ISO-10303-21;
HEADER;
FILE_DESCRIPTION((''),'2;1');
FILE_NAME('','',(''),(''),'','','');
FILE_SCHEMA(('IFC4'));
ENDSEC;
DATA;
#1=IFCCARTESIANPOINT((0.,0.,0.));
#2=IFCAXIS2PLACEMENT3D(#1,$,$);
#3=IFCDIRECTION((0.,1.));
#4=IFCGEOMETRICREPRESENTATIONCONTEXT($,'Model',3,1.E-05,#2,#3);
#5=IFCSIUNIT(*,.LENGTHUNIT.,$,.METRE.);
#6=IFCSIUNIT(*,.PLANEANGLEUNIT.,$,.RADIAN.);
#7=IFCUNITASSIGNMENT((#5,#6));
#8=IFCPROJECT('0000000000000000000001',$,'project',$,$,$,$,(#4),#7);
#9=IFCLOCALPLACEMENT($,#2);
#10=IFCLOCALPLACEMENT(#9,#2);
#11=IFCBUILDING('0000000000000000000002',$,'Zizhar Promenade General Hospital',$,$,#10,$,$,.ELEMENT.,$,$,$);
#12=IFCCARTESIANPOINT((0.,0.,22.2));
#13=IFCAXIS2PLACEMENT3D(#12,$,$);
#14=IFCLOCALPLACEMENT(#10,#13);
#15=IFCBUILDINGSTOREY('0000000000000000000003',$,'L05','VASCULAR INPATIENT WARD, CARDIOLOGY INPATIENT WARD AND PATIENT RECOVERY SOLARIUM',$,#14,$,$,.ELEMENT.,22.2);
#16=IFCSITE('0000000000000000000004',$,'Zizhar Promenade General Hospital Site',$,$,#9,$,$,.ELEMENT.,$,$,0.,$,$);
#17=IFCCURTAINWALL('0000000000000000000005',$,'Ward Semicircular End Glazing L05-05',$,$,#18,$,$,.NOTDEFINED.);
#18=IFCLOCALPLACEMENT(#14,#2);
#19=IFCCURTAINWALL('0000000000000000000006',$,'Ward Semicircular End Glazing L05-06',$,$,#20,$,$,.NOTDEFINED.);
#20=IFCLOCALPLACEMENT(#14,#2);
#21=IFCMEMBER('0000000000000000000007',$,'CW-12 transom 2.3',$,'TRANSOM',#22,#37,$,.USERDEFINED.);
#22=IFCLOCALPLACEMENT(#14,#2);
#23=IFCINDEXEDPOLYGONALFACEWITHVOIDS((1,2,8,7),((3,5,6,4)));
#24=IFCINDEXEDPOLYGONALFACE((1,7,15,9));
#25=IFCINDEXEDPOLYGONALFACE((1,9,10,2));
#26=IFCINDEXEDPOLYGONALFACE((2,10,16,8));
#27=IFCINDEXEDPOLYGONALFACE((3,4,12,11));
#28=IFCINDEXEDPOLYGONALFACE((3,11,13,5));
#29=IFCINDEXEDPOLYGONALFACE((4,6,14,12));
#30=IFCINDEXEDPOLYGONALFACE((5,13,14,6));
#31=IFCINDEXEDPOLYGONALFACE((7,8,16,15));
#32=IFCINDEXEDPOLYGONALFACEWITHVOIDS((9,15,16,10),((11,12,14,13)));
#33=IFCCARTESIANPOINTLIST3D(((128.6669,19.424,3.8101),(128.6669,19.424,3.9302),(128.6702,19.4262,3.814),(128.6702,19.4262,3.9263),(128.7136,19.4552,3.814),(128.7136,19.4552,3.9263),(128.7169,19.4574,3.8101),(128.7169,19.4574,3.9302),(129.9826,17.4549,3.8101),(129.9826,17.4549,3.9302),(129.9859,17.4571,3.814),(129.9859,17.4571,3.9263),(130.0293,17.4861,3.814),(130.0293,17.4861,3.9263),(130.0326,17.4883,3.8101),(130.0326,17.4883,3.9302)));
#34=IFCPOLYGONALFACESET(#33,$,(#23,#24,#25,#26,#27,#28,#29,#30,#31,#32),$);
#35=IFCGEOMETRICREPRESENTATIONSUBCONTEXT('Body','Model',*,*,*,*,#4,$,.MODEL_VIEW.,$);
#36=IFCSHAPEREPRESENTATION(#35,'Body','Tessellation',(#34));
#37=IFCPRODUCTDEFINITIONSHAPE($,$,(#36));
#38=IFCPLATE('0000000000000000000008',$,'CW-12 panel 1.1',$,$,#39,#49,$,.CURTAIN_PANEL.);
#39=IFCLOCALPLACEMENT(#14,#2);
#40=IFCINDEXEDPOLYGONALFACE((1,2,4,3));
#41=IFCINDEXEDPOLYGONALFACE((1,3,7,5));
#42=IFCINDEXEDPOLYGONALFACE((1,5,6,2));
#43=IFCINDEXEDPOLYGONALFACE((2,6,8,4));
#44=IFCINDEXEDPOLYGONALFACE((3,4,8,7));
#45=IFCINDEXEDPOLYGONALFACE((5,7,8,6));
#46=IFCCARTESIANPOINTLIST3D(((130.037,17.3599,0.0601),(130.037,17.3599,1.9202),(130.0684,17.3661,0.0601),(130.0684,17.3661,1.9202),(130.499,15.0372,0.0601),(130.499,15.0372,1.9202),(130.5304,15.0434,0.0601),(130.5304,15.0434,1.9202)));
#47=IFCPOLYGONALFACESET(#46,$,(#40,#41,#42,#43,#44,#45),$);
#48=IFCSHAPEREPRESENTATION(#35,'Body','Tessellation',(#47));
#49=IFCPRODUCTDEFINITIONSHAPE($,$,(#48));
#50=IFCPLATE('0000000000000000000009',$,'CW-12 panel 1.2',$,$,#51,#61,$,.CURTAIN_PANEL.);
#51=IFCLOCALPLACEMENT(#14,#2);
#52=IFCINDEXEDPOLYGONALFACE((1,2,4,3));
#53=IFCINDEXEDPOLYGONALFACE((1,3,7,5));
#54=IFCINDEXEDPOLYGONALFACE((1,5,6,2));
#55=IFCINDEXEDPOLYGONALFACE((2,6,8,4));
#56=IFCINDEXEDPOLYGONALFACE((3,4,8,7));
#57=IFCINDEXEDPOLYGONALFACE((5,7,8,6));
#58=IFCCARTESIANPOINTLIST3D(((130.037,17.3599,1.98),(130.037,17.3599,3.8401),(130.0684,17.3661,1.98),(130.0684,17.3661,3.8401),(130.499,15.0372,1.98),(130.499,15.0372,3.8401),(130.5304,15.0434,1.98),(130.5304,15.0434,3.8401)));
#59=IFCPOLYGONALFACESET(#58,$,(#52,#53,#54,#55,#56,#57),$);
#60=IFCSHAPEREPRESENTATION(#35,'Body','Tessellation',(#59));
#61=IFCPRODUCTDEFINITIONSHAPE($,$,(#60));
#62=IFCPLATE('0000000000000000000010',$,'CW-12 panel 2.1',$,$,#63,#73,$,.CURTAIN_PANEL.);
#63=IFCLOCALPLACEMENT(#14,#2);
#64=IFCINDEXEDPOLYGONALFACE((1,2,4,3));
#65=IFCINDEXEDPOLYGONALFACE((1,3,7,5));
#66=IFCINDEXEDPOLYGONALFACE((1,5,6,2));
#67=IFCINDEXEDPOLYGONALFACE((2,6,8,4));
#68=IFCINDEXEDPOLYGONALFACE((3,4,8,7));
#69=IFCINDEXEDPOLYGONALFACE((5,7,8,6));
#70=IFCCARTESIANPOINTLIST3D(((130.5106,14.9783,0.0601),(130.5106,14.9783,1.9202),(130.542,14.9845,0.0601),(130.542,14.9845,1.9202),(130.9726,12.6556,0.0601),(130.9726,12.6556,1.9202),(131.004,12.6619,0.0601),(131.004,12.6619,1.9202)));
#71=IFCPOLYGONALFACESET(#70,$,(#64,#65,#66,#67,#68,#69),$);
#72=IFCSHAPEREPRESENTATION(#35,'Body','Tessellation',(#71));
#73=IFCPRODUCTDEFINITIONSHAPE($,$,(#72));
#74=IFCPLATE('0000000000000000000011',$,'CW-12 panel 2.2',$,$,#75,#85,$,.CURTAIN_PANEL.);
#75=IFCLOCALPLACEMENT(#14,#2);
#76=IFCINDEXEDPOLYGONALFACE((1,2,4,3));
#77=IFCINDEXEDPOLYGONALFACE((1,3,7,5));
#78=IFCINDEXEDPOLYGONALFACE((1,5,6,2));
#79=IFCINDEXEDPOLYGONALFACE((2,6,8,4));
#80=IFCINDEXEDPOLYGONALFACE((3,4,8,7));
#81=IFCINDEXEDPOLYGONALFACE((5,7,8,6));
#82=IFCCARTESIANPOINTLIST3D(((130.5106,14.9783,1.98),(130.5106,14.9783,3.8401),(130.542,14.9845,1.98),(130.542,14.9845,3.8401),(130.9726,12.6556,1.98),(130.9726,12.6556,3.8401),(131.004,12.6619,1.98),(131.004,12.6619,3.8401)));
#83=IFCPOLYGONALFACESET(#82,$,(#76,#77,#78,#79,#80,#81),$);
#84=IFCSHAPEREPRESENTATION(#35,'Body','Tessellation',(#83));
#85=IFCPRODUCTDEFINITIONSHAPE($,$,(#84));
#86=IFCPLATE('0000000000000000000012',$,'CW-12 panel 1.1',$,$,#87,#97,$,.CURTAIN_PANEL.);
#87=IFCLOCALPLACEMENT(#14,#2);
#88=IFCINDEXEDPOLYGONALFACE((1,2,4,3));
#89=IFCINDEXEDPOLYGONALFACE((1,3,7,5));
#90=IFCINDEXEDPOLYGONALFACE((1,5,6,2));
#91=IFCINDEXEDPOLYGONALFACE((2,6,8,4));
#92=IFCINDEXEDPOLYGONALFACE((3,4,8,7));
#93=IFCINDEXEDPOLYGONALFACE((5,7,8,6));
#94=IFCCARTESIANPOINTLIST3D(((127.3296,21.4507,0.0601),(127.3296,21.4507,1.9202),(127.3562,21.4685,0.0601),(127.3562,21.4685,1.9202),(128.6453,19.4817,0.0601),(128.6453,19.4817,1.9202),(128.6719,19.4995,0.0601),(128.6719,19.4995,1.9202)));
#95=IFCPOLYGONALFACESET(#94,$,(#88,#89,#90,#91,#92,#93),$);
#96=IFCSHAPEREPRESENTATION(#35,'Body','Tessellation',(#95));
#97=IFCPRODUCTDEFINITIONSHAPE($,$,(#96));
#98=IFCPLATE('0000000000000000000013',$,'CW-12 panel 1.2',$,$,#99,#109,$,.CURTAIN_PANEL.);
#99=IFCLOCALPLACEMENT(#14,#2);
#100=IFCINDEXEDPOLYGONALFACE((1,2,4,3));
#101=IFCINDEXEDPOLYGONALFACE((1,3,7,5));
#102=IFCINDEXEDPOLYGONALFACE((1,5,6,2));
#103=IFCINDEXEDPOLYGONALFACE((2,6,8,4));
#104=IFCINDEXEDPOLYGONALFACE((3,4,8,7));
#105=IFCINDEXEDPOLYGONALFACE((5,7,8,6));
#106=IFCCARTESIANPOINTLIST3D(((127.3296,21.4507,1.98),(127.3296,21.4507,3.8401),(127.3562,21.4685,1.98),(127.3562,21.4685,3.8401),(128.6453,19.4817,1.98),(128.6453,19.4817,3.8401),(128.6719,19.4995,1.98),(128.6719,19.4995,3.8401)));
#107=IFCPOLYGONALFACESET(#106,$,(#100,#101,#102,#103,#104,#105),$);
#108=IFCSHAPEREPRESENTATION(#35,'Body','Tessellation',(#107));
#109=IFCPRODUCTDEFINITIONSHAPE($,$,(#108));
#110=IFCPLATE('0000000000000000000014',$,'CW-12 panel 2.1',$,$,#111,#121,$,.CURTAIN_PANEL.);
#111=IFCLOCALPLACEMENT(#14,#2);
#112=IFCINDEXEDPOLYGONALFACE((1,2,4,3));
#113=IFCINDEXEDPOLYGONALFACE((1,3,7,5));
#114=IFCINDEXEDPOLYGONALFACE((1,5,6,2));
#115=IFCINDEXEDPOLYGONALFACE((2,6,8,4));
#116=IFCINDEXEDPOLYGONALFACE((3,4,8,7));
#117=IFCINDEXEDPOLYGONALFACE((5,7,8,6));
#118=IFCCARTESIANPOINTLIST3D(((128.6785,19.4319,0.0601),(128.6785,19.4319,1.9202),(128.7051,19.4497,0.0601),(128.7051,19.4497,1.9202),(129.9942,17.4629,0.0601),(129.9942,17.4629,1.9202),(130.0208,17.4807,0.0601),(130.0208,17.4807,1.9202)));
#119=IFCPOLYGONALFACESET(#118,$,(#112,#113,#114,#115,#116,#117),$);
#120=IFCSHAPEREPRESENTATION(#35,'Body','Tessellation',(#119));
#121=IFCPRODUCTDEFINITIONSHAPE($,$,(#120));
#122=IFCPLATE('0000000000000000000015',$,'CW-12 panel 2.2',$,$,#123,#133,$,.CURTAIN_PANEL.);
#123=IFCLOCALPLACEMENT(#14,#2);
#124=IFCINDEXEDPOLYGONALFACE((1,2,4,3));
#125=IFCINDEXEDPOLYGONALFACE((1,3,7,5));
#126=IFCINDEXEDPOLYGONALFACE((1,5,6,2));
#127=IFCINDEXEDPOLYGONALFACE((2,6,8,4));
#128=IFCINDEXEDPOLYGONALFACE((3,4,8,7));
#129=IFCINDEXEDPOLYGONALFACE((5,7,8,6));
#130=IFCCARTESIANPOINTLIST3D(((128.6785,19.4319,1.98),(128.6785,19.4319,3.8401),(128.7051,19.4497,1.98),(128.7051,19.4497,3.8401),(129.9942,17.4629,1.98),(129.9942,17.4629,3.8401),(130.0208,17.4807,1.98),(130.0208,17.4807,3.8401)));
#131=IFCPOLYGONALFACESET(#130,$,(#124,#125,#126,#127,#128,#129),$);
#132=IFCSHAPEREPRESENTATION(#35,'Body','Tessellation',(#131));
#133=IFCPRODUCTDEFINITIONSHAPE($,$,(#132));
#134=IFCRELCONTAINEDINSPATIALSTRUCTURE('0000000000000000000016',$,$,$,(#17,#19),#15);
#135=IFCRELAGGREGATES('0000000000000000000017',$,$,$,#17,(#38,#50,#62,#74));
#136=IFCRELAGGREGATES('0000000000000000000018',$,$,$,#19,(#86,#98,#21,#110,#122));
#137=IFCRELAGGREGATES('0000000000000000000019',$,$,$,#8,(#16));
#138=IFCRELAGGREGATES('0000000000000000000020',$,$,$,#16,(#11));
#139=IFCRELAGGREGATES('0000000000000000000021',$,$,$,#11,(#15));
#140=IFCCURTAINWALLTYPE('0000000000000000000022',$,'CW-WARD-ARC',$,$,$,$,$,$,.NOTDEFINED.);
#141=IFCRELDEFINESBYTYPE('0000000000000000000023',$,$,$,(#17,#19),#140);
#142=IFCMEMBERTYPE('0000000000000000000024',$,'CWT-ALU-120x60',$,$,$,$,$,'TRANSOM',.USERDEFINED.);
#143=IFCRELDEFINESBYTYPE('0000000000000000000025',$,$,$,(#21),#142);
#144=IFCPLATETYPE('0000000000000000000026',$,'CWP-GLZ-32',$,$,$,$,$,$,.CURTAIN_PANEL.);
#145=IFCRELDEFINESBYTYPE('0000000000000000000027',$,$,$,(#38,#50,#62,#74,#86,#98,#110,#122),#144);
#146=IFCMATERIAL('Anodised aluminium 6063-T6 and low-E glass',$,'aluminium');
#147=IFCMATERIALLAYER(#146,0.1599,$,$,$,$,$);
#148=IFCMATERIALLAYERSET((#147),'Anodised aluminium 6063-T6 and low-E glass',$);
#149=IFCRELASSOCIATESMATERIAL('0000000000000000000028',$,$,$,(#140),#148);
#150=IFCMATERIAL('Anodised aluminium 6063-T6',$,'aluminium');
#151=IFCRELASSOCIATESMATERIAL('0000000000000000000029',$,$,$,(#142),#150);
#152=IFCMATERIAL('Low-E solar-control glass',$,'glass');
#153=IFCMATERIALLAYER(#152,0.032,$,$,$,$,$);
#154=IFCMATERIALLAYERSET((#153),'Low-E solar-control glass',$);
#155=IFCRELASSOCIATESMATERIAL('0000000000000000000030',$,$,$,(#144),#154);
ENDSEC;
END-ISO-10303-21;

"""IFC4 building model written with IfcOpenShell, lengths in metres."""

from ifc_helpers import new_model, si_unit, direction, frame, origin, origin_2d, place, context, subcontext, project, spatial, rectangle, hollow_rectangle, extrude, material, layer, layer_set, material_profile, profile_set, type_object, element, aggregate, save


model = new_model("IFC4")

# Units and contexts
model_context = context("Model", 3, precision=1e-05, world=origin(), true_north=direction((0.0, 1.0)))
body_context = subcontext(model_context, "Body", "Model", "MODEL_VIEW")
ifc_project = project(units=[si_unit("LENGTHUNIT", "METRE"), si_unit("PLANEANGLEUNIT", "RADIAN")], contexts=[model_context])

# Site, building, storey
site_placement = place(None, origin())
site = spatial("IfcSite", under=ifc_project, at=site_placement, Name="Zizhar Promenade General Hospital Site", CompositionType="ELEMENT", RefElevation=0.0)
building_placement = place(site_placement, origin())
building = spatial("IfcBuilding", under=site, at=building_placement, Name="Zizhar Promenade General Hospital", CompositionType="ELEMENT")
storey_placement = place(building_placement, frame((0.0, 0.0, 22.2)))
storey = spatial("IfcBuildingStorey", under=building, at=storey_placement, Name="L05", Description="VASCULAR INPATIENT WARD, CARDIOLOGY INPATIENT WARD AND PATIENT RECOVERY SOLARIUM", CompositionType="ELEMENT", Elevation=22.2)

# Curtain walls
ifc_material_1 = material(Name="Anodised aluminium 6063-T6 and low-E glass", Category="aluminium")
ifc_layer_1 = layer(ifc_material_1, 0.1599)
ifc_layer_set_1 = layer_set([ifc_layer_1], Name="Anodised aluminium 6063-T6 and low-E glass")
curtain_wall_type = type_object("IfcCurtainWallType", Name="CW-WARD-ARC", PredefinedType="NOTDEFINED", material=ifc_layer_set_1)
curtain_wall_1_placement = place(storey_placement, origin())
curtain_wall_1 = element("IfcCurtainWall", 1, at=curtain_wall_1_placement, inside=storey, type_object=curtain_wall_type, Name="Ward Semicircular End Glazing L05-05", PredefinedType="NOTDEFINED")
curtain_wall_2_placement = place(storey_placement, origin())
curtain_wall_2 = element("IfcCurtainWall", 2, at=curtain_wall_2_placement, inside=storey, type_object=curtain_wall_type, Name="Ward Semicircular End Glazing L05-06", PredefinedType="NOTDEFINED")

# Member
ifc_material_2 = material(Name="Anodised aluminium 6063-T6", Category="aluminium")
ifc_material_profile_1 = material_profile(ifc_material_2, hollow_rectangle(XDim=0.0601, YDim=0.1201, WallThickness=0.0039, at=origin_2d()))
ifc_profile_set_1 = profile_set([ifc_material_profile_1], Name="Anodised aluminium 6063-T6")
member_type_1 = type_object("IfcMemberType", Name="CWT-ALU-120x60", ElementType="TRANSOM", PredefinedType="USERDEFINED", material=ifc_profile_set_1)
member_1_placement = place(storey_placement, frame((128.6919, 19.4407, 3.8701), z_axis=(0.55558, -0.831463, 0.0), x_axis=(0.831463, 0.55558, 0.0)))
member_1 = element("IfcMember", 3, at=member_1_placement, type_object=member_type_1, Name="CW-12 transom 2.3", ObjectType="TRANSOM", PredefinedType="USERDEFINED", context=body_context, shape_type="SweptSolid", body=[
    extrude(hollow_rectangle(XDim=0.0601, YDim=0.1201, WallThickness=0.0039, at=origin_2d()), origin(), (0.0, 0.0, 1.0), 2.3682),
])

# Plates
ifc_material_3 = material(Name="Low-E solar-control glass", Category="glass")
ifc_layer_2 = layer(ifc_material_3, 0.032)
ifc_layer_set_2 = layer_set([ifc_layer_2], Name="Low-E solar-control glass")
plate_type = type_object("IfcPlateType", Name="CWP-GLZ-32", PredefinedType="CURTAIN_PANEL", material=ifc_layer_set_2)
plate_1_placement = place(storey_placement, frame((130.2837, 16.2017, 0.0601), z_axis=(0.0, 0.0, 1.0), x_axis=(0.195087, -0.980786, 0.0)))
plate_1 = element("IfcPlate", 4, at=plate_1_placement, type_object=plate_type, Name="CW-12 panel 1.1", PredefinedType="CURTAIN_PANEL", context=body_context, shape_type="SweptSolid", body=[
    extrude(rectangle(XDim=2.3682, YDim=0.032, at=origin_2d()), origin(), (0.0, 0.0, 1.0), 1.8601),
])
plate_2_placement = place(storey_placement, frame((130.2837, 16.2017, 1.98), z_axis=(0.0, 0.0, 1.0), x_axis=(0.195087, -0.980786, 0.0)))
plate_2 = element("IfcPlate", 5, at=plate_2_placement, type_object=plate_type, Name="CW-12 panel 1.2", PredefinedType="CURTAIN_PANEL", context=body_context, shape_type="SweptSolid", body=[
    extrude(rectangle(XDim=2.3682, YDim=0.032, at=origin_2d()), origin(), (0.0, 0.0, 1.0), 1.8601),
])
plate_3_placement = place(storey_placement, frame((130.7573, 13.8201, 0.0601), z_axis=(0.0, 0.0, 1.0), x_axis=(0.195087, -0.980786, 0.0)))
plate_3 = element("IfcPlate", 6, at=plate_3_placement, type_object=plate_type, Name="CW-12 panel 2.1", PredefinedType="CURTAIN_PANEL", context=body_context, shape_type="SweptSolid", body=[
    extrude(rectangle(XDim=2.3682, YDim=0.032, at=origin_2d()), origin(), (0.0, 0.0, 1.0), 1.8601),
])
plate_4_placement = place(storey_placement, frame((130.7573, 13.8201, 1.98), z_axis=(0.0, 0.0, 1.0), x_axis=(0.195087, -0.980786, 0.0)))
plate_4 = element("IfcPlate", 7, at=plate_4_placement, type_object=plate_type, Name="CW-12 panel 2.2", PredefinedType="CURTAIN_PANEL", context=body_context, shape_type="SweptSolid", body=[
    extrude(rectangle(XDim=2.3682, YDim=0.032, at=origin_2d()), origin(), (0.0, 0.0, 1.0), 1.8601),
])
aggregate(curtain_wall_1, [plate_1, plate_2, plate_3, plate_4])
plate_5_placement = place(storey_placement, frame((128.0007, 20.4751, 0.0601), z_axis=(0.0, 0.0, 1.0), x_axis=(0.555582, -0.831462, 0.0)))
plate_5 = element("IfcPlate", 8, at=plate_5_placement, type_object=plate_type, Name="CW-12 panel 1.1", PredefinedType="CURTAIN_PANEL", context=body_context, shape_type="SweptSolid", body=[
    extrude(rectangle(XDim=2.3682, YDim=0.032, at=origin_2d()), origin(), (0.0, 0.0, 1.0), 1.8601),
])
plate_6_placement = place(storey_placement, frame((128.0007, 20.4751, 1.98), z_axis=(0.0, 0.0, 1.0), x_axis=(0.555582, -0.831462, 0.0)))
plate_6 = element("IfcPlate", 9, at=plate_6_placement, type_object=plate_type, Name="CW-12 panel 1.2", PredefinedType="CURTAIN_PANEL", context=body_context, shape_type="SweptSolid", body=[
    extrude(rectangle(XDim=2.3682, YDim=0.032, at=origin_2d()), origin(), (0.0, 0.0, 1.0), 1.8601),
])
plate_7_placement = place(storey_placement, frame((129.3496, 18.4563, 0.0601), z_axis=(0.0, 0.0, 1.0), x_axis=(0.555582, -0.831462, 0.0)))
plate_7 = element("IfcPlate", 10, at=plate_7_placement, type_object=plate_type, Name="CW-12 panel 2.1", PredefinedType="CURTAIN_PANEL", context=body_context, shape_type="SweptSolid", body=[
    extrude(rectangle(XDim=2.3682, YDim=0.032, at=origin_2d()), origin(), (0.0, 0.0, 1.0), 1.8601),
])
plate_8_placement = place(storey_placement, frame((129.3496, 18.4563, 1.98), z_axis=(0.0, 0.0, 1.0), x_axis=(0.555582, -0.831462, 0.0)))
plate_8 = element("IfcPlate", 11, at=plate_8_placement, type_object=plate_type, Name="CW-12 panel 2.2", PredefinedType="CURTAIN_PANEL", context=body_context, shape_type="SweptSolid", body=[
    extrude(rectangle(XDim=2.3682, YDim=0.032, at=origin_2d()), origin(), (0.0, 0.0, 1.0), 1.8601),
])
aggregate(curtain_wall_2, [plate_5, plate_6, member_1, plate_7, plate_8])

save(model, "model.ifc")
